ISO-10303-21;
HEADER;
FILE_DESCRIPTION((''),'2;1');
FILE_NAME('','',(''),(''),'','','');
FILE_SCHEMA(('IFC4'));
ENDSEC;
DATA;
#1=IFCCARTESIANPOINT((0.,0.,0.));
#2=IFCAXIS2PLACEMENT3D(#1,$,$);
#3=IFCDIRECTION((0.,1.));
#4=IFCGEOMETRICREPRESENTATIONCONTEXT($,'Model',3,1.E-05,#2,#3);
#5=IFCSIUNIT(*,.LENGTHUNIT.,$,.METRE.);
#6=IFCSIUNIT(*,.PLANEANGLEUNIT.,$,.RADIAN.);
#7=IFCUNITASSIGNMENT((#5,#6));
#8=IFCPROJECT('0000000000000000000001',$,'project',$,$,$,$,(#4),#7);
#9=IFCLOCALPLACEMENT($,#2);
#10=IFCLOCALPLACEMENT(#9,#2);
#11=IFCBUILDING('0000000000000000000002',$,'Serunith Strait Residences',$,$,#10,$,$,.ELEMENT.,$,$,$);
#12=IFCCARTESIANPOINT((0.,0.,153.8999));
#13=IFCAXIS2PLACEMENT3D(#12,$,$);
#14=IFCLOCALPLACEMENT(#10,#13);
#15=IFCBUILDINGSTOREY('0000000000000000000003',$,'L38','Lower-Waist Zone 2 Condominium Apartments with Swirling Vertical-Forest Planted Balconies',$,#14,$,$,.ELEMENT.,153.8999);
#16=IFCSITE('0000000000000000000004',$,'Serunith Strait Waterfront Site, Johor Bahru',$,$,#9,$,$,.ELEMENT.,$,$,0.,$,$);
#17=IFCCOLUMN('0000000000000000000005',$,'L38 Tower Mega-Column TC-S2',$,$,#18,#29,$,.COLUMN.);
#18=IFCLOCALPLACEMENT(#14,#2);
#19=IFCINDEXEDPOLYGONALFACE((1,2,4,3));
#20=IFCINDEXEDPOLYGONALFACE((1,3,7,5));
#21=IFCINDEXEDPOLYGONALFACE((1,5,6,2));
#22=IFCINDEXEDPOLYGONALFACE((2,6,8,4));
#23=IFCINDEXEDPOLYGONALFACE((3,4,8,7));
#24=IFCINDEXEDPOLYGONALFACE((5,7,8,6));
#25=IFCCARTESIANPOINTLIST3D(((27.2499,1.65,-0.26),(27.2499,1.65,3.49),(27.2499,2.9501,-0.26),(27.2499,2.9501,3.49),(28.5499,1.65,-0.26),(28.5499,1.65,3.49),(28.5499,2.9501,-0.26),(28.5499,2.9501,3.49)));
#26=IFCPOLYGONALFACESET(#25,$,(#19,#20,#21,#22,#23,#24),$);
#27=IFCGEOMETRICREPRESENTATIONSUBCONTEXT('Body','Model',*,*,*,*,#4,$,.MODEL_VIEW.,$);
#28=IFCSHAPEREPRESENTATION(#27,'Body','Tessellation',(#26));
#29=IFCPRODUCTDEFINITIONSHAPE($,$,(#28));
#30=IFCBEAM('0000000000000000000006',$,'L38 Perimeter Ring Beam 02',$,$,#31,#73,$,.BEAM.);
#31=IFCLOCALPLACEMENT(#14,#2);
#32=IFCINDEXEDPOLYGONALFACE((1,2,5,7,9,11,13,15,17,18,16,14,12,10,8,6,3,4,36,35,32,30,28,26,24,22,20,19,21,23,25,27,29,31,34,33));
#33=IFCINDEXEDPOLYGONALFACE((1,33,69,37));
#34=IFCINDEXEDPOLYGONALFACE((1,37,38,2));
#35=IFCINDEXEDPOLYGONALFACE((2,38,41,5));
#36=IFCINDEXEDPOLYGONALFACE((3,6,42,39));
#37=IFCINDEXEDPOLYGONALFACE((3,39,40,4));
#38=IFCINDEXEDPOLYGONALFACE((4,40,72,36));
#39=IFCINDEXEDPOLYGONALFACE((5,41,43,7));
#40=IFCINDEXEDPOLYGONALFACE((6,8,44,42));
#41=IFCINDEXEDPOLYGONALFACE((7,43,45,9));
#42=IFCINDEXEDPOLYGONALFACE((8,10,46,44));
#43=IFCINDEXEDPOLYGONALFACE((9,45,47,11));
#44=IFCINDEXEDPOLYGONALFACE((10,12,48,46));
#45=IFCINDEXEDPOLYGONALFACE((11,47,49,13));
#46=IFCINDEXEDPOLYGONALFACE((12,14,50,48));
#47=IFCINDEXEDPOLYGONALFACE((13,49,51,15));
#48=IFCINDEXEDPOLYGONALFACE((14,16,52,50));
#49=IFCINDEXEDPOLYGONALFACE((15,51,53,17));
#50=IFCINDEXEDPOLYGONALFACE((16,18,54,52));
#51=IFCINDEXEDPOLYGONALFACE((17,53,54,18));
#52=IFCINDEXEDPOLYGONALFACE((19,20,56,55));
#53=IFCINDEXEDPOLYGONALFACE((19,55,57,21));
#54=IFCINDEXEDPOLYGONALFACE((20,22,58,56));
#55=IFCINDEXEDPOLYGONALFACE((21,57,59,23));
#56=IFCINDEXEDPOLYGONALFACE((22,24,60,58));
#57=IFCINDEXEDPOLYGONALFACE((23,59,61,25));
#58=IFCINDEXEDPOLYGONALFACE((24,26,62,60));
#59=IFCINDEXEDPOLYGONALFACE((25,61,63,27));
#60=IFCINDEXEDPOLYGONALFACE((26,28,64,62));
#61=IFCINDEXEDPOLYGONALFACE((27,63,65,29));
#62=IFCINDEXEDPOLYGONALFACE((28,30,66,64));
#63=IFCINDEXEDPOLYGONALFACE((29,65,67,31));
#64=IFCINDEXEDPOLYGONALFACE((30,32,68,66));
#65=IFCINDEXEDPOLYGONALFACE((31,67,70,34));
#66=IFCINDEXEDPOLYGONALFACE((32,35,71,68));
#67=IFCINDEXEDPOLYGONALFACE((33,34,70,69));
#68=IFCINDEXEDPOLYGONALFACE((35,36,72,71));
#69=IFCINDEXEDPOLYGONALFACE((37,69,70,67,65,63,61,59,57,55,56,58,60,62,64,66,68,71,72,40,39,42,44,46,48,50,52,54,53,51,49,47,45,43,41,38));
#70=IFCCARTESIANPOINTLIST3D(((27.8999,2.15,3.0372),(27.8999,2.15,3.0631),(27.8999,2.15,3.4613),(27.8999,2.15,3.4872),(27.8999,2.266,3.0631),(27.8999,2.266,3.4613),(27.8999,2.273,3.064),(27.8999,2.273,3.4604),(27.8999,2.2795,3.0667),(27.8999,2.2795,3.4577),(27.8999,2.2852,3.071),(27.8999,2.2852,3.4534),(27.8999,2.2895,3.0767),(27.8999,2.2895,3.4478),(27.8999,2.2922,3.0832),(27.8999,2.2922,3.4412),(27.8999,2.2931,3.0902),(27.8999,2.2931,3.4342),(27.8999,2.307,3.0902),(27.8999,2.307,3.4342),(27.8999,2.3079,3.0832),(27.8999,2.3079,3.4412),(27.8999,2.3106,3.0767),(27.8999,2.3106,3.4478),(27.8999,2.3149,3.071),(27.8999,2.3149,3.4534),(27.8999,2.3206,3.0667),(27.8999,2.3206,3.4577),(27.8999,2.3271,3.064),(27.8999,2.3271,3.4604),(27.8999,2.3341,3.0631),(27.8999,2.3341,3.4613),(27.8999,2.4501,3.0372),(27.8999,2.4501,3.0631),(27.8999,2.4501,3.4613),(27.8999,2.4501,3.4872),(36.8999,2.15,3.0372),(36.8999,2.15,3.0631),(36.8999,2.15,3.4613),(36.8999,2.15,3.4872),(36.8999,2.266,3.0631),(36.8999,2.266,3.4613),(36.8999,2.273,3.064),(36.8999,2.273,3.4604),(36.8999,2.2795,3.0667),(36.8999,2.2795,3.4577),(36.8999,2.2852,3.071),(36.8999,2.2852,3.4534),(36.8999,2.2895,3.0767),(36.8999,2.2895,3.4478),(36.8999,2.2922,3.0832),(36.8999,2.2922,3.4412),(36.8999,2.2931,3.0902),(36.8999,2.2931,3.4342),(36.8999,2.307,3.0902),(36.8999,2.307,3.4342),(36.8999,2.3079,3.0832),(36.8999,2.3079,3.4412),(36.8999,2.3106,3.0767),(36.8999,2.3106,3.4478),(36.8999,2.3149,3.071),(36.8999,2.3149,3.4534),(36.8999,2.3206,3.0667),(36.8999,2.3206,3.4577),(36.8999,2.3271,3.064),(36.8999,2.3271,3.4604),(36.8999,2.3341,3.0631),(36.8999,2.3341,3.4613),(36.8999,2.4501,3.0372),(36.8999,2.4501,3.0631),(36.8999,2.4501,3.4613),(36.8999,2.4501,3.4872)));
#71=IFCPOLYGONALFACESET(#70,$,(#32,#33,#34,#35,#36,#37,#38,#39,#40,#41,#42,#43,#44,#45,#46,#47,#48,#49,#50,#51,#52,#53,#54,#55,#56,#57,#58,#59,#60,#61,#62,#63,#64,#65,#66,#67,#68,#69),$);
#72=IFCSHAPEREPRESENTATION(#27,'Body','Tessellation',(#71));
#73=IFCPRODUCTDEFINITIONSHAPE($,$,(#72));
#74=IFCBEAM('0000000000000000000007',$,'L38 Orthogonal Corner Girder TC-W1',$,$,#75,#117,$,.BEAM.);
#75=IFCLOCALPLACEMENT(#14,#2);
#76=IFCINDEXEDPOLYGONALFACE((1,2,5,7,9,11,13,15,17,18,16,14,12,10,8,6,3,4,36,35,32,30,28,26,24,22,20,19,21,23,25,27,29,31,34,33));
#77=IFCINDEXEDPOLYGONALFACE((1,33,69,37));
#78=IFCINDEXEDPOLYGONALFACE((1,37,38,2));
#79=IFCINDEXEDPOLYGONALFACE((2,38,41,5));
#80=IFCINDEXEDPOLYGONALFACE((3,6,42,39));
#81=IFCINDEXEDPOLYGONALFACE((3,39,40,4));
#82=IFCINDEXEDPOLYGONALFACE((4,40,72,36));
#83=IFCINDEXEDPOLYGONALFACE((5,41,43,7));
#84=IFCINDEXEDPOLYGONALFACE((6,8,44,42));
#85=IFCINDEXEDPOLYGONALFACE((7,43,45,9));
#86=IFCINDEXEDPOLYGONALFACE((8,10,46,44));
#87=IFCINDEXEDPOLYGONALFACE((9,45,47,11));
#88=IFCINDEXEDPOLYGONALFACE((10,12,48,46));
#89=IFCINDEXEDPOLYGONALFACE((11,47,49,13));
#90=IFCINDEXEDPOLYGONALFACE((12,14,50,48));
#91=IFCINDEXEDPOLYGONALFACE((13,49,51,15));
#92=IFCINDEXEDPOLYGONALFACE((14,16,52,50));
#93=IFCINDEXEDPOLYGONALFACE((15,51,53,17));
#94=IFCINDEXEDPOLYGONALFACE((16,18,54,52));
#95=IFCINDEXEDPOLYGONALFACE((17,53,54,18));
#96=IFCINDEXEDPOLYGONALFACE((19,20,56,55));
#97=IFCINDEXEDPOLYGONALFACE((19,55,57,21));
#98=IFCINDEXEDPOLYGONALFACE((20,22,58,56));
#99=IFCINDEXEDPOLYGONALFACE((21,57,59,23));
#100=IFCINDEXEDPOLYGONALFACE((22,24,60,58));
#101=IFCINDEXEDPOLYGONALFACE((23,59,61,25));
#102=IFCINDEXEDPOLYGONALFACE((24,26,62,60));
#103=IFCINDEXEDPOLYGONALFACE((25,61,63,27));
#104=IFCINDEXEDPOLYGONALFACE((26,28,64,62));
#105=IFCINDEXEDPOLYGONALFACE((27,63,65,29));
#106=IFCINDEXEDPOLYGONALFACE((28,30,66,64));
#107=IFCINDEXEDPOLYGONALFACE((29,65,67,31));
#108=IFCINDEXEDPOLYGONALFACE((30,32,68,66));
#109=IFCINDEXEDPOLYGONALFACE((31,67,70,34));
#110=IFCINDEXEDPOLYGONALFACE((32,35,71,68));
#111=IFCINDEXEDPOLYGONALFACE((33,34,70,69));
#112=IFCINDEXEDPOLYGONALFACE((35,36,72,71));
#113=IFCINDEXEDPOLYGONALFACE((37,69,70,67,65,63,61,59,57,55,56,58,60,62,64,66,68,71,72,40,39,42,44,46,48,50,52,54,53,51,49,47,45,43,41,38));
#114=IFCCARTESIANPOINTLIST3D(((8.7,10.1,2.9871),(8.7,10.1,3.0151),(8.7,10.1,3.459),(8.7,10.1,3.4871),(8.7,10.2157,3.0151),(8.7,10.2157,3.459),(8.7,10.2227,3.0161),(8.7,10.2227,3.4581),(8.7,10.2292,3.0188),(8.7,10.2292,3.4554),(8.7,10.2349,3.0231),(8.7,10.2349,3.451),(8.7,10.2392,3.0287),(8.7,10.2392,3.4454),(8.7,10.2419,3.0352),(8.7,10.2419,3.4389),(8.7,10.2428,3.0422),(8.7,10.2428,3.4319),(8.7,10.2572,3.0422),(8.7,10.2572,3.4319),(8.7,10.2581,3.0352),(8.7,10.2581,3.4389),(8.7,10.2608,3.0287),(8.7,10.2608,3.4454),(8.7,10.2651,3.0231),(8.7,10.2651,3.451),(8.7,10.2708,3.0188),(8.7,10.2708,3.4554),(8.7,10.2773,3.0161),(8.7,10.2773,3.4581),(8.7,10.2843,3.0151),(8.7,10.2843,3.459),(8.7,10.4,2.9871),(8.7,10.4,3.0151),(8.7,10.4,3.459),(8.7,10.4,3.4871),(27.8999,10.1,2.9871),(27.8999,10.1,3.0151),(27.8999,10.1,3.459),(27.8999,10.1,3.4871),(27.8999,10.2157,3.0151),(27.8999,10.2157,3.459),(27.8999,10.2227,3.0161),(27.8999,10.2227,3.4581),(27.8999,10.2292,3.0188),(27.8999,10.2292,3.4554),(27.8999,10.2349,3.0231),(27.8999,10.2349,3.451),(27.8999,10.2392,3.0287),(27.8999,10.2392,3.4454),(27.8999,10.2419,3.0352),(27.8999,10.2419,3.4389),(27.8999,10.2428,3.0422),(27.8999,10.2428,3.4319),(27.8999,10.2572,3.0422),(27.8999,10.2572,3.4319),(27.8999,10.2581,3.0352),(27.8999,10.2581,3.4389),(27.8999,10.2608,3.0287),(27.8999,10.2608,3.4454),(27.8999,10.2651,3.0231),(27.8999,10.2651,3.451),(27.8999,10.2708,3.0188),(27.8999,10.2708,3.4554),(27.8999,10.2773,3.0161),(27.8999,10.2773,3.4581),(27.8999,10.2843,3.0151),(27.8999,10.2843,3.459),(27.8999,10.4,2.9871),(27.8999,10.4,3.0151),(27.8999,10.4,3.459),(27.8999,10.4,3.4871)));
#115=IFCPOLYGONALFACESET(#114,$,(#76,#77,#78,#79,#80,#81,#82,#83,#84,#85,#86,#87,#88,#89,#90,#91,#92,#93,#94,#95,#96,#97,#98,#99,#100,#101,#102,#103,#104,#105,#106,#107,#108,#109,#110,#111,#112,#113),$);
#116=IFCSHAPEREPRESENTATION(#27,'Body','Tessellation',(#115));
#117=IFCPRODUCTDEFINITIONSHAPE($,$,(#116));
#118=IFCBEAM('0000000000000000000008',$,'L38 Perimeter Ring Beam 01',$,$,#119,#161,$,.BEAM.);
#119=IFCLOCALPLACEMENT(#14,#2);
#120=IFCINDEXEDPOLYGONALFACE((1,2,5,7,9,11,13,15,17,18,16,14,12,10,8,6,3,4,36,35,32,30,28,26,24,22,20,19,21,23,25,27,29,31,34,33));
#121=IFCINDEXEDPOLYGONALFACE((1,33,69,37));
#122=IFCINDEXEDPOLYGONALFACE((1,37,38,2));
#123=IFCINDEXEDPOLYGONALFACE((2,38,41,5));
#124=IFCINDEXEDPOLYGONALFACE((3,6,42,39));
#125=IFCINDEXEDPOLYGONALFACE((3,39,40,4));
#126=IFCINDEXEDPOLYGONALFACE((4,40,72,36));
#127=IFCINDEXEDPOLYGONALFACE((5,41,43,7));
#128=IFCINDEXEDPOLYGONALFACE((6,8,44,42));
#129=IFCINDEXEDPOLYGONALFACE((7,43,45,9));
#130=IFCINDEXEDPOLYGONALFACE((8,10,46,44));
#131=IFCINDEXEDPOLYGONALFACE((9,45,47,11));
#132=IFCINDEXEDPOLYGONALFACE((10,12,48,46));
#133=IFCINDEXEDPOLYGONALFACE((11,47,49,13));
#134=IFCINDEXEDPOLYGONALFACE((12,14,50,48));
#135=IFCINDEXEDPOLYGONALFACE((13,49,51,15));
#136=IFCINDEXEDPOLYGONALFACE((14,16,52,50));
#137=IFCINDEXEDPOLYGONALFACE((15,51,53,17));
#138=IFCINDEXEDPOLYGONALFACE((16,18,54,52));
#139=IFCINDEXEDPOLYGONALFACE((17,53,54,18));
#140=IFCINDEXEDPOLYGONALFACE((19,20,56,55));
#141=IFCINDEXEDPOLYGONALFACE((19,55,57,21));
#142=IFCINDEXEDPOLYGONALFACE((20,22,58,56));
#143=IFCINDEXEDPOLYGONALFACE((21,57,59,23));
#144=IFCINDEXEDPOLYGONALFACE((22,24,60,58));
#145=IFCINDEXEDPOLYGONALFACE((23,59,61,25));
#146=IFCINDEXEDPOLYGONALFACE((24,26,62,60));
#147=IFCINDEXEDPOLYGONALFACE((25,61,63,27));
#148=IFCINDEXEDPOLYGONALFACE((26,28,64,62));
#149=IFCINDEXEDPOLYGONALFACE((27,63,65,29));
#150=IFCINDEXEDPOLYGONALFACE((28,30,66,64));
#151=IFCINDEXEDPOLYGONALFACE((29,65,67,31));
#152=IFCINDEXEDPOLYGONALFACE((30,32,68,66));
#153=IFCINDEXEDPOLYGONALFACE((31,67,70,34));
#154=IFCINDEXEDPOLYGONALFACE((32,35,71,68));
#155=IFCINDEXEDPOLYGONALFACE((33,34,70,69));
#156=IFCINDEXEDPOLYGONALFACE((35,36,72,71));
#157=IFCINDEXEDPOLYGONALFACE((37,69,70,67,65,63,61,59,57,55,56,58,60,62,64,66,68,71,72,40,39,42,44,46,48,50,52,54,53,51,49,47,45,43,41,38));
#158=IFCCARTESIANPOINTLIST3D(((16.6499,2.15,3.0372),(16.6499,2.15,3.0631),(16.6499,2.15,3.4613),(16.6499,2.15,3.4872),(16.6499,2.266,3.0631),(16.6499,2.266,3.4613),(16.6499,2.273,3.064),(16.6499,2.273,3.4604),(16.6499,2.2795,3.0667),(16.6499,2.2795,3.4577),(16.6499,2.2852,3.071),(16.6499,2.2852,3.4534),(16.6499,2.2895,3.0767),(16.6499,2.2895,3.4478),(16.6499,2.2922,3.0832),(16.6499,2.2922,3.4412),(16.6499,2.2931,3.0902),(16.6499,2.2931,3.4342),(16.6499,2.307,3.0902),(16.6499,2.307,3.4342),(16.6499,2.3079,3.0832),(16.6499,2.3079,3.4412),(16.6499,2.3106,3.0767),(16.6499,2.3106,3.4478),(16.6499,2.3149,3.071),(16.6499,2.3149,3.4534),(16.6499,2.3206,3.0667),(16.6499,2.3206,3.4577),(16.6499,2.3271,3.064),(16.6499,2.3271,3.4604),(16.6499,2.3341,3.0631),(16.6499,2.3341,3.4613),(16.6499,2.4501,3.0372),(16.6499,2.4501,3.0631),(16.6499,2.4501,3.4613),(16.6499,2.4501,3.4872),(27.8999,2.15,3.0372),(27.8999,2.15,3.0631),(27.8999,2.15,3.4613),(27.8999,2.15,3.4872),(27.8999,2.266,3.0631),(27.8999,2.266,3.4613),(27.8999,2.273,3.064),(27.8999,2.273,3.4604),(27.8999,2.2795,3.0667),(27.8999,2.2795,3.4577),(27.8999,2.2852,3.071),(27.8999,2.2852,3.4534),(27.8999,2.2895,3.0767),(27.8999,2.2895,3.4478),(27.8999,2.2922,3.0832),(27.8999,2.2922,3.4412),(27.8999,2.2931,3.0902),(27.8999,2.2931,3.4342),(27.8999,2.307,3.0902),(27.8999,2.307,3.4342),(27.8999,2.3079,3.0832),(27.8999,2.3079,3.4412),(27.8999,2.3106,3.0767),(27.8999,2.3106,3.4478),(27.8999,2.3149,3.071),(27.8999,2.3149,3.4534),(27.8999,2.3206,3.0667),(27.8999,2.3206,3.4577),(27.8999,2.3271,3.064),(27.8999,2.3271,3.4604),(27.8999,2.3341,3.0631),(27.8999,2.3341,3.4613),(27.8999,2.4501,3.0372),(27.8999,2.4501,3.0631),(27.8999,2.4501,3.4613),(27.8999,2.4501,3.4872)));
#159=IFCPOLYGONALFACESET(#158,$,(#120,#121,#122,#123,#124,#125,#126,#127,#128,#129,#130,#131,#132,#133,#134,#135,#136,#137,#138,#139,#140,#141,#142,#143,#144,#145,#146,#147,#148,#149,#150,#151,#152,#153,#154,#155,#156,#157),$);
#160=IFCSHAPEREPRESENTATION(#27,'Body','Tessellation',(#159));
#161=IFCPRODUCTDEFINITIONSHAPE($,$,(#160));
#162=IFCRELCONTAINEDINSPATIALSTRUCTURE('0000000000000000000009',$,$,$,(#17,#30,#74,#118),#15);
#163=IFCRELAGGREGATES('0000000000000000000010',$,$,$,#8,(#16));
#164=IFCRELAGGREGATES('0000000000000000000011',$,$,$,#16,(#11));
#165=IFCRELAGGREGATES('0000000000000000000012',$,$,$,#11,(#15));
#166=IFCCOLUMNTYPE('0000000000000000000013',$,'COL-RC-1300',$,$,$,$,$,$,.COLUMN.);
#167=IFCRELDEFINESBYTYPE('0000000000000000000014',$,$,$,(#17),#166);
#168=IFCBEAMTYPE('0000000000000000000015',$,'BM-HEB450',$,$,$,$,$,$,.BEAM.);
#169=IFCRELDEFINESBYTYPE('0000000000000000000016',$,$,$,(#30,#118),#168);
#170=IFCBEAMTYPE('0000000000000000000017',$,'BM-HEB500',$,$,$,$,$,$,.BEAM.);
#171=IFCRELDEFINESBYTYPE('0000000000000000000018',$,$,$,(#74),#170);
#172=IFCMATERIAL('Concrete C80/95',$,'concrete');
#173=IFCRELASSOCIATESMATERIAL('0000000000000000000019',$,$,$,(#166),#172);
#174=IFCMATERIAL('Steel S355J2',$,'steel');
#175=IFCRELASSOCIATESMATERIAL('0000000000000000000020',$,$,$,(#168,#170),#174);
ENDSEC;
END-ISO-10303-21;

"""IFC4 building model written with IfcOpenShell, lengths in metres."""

from ifc_helpers import new_model, si_unit, direction, frame, origin, origin_2d, place, context, subcontext, project, spatial, rectangle, i_section, extrude, source, transform, mapped, material, material_profile, profile_set, type_object, element, save


model = new_model("IFC4")

# Units and contexts
model_context = context("Model", 3, precision=1e-05, world=origin(), true_north=direction((0.0, 1.0)))
body_context = subcontext(model_context, "Body", "Model", "MODEL_VIEW")
ifc_project = project(units=[si_unit("LENGTHUNIT", "METRE"), si_unit("PLANEANGLEUNIT", "RADIAN")], contexts=[model_context])

# Site, building, storey
site_placement = place(None, origin())
site = spatial("IfcSite", under=ifc_project, at=site_placement, Name="Serunith Strait Waterfront Site, Johor Bahru", CompositionType="ELEMENT", RefElevation=0.0)
building_placement = place(site_placement, origin())
building = spatial("IfcBuilding", under=site, at=building_placement, Name="Serunith Strait Residences", CompositionType="ELEMENT")
storey_placement = place(building_placement, frame((0.0, 0.0, 153.8999)))
storey = spatial("IfcBuildingStorey", under=building, at=storey_placement, Name="L38", Description="Lower-Waist Zone 2 Condominium Apartments with Swirling Vertical-Forest Planted Balconies", CompositionType="ELEMENT", Elevation=153.8999)

# Column
ifc_material_1 = material(Name="Concrete C80/95", Category="concrete")
ifc_material_profile_1 = material_profile(ifc_material_1, rectangle(XDim=1.3, YDim=1.3, at=origin_2d()), Name="RC 1300x1300")
ifc_profile_set_1 = profile_set([ifc_material_profile_1], Name="Concrete C80/95")
column_type = type_object("IfcColumnType", Name="COL-RC-1300", PredefinedType="COLUMN", material=ifc_profile_set_1)
shared_shape_1 = source(origin(), body_context, "Body", "SweptSolid", [
    extrude(rectangle(XDim=1.3, YDim=1.3, at=origin_2d()), origin(), (0.0, 0.0, 1.0), 3.75),
])
column_placement = place(storey_placement, frame((27.8999, 2.3, -0.26), z_axis=(0.0, 0.0, 1.0), x_axis=(1.0, 0.0, 0.0)))
element("IfcColumn", 1, at=column_placement, inside=storey, type_object=column_type, Name="L38 Tower Mega-Column TC-S2", PredefinedType="COLUMN", context=body_context, shape_type="MappedRepresentation", body=[
    mapped(shared_shape_1, transform((0.0, 0.0, 0.0), scale=1.0)),
])

# Beams
ifc_material_2 = material(Name="Steel S355J2", Category="steel")
ifc_material_profile_2 = material_profile(ifc_material_2, i_section(OverallWidth=0.3, OverallDepth=0.45, WebThickness=0.0139, FlangeThickness=0.0259, FilletRadius=0.0271, at=origin_2d()), Name="HEB 450")
ifc_profile_set_2 = profile_set([ifc_material_profile_2], Name="Steel S355J2")
beam_type_1 = type_object("IfcBeamType", Name="BM-HEB450", PredefinedType="BEAM", material=ifc_profile_set_2)
shared_shape_2 = source(origin(), body_context, "Body", "SweptSolid", [
    extrude(i_section(OverallWidth=0.3, OverallDepth=0.45, WebThickness=0.0139, FlangeThickness=0.0259, FilletRadius=0.0271, at=origin_2d()), origin(), (0.0, 0.0, 1.0), 9.0),
])
beam_1_placement = place(storey_placement, frame((27.8999, 2.3, 3.2622), z_axis=(1.0, 0.0, 0.0), x_axis=(0.0, 1.0, 0.0)))
element("IfcBeam", 2, at=beam_1_placement, inside=storey, type_object=beam_type_1, Name="L38 Perimeter Ring Beam 02", PredefinedType="BEAM", context=body_context, shape_type="MappedRepresentation", body=[
    mapped(shared_shape_2, transform((0.0, 0.0, 0.0), scale=1.0)),
])
ifc_material_profile_3 = material_profile(ifc_material_2, i_section(OverallWidth=0.3, OverallDepth=0.5, WebThickness=0.0144, FlangeThickness=0.0281, FilletRadius=0.0271, at=origin_2d()), Name="HEB 500")
ifc_profile_set_3 = profile_set([ifc_material_profile_3], Name="Steel S355J2")
beam_type_2 = type_object("IfcBeamType", Name="BM-HEB500", PredefinedType="BEAM", material=ifc_profile_set_3)
shared_shape_3 = source(origin(), body_context, "Body", "SweptSolid", [
    extrude(i_section(OverallWidth=0.3, OverallDepth=0.5, WebThickness=0.0144, FlangeThickness=0.0281, FilletRadius=0.0271, at=origin_2d()), origin(), (0.0, 0.0, 1.0), 19.2),
])
beam_2_placement = place(storey_placement, frame((27.8999, 10.25, 3.2371), z_axis=(-1.0, 0.0, 0.0), x_axis=(0.0, -1.0, 0.0)))
element("IfcBeam", 3, at=beam_2_placement, inside=storey, type_object=beam_type_2, Name="L38 Orthogonal Corner Girder TC-W1", PredefinedType="BEAM", context=body_context, shape_type="MappedRepresentation", body=[
    mapped(shared_shape_3, transform((0.0, 0.0, 0.0), scale=1.0)),
])
shared_shape_4 = source(origin(), body_context, "Body", "SweptSolid", [
    extrude(i_section(OverallWidth=0.3, OverallDepth=0.45, WebThickness=0.0139, FlangeThickness=0.0259, FilletRadius=0.0271, at=origin_2d()), origin(), (0.0, 0.0, 1.0), 11.25),
])
beam_3_placement = place(storey_placement, frame((16.6499, 2.3, 3.2622), z_axis=(1.0, 0.0, 0.0), x_axis=(0.0, 1.0, 0.0)))
element("IfcBeam", 4, at=beam_3_placement, inside=storey, type_object=beam_type_1, Name="L38 Perimeter Ring Beam 01", PredefinedType="BEAM", context=body_context, shape_type="MappedRepresentation", body=[
    mapped(shared_shape_4, transform((0.0, 0.0, 0.0), scale=1.0)),
])

save(model, "model.ifc")
